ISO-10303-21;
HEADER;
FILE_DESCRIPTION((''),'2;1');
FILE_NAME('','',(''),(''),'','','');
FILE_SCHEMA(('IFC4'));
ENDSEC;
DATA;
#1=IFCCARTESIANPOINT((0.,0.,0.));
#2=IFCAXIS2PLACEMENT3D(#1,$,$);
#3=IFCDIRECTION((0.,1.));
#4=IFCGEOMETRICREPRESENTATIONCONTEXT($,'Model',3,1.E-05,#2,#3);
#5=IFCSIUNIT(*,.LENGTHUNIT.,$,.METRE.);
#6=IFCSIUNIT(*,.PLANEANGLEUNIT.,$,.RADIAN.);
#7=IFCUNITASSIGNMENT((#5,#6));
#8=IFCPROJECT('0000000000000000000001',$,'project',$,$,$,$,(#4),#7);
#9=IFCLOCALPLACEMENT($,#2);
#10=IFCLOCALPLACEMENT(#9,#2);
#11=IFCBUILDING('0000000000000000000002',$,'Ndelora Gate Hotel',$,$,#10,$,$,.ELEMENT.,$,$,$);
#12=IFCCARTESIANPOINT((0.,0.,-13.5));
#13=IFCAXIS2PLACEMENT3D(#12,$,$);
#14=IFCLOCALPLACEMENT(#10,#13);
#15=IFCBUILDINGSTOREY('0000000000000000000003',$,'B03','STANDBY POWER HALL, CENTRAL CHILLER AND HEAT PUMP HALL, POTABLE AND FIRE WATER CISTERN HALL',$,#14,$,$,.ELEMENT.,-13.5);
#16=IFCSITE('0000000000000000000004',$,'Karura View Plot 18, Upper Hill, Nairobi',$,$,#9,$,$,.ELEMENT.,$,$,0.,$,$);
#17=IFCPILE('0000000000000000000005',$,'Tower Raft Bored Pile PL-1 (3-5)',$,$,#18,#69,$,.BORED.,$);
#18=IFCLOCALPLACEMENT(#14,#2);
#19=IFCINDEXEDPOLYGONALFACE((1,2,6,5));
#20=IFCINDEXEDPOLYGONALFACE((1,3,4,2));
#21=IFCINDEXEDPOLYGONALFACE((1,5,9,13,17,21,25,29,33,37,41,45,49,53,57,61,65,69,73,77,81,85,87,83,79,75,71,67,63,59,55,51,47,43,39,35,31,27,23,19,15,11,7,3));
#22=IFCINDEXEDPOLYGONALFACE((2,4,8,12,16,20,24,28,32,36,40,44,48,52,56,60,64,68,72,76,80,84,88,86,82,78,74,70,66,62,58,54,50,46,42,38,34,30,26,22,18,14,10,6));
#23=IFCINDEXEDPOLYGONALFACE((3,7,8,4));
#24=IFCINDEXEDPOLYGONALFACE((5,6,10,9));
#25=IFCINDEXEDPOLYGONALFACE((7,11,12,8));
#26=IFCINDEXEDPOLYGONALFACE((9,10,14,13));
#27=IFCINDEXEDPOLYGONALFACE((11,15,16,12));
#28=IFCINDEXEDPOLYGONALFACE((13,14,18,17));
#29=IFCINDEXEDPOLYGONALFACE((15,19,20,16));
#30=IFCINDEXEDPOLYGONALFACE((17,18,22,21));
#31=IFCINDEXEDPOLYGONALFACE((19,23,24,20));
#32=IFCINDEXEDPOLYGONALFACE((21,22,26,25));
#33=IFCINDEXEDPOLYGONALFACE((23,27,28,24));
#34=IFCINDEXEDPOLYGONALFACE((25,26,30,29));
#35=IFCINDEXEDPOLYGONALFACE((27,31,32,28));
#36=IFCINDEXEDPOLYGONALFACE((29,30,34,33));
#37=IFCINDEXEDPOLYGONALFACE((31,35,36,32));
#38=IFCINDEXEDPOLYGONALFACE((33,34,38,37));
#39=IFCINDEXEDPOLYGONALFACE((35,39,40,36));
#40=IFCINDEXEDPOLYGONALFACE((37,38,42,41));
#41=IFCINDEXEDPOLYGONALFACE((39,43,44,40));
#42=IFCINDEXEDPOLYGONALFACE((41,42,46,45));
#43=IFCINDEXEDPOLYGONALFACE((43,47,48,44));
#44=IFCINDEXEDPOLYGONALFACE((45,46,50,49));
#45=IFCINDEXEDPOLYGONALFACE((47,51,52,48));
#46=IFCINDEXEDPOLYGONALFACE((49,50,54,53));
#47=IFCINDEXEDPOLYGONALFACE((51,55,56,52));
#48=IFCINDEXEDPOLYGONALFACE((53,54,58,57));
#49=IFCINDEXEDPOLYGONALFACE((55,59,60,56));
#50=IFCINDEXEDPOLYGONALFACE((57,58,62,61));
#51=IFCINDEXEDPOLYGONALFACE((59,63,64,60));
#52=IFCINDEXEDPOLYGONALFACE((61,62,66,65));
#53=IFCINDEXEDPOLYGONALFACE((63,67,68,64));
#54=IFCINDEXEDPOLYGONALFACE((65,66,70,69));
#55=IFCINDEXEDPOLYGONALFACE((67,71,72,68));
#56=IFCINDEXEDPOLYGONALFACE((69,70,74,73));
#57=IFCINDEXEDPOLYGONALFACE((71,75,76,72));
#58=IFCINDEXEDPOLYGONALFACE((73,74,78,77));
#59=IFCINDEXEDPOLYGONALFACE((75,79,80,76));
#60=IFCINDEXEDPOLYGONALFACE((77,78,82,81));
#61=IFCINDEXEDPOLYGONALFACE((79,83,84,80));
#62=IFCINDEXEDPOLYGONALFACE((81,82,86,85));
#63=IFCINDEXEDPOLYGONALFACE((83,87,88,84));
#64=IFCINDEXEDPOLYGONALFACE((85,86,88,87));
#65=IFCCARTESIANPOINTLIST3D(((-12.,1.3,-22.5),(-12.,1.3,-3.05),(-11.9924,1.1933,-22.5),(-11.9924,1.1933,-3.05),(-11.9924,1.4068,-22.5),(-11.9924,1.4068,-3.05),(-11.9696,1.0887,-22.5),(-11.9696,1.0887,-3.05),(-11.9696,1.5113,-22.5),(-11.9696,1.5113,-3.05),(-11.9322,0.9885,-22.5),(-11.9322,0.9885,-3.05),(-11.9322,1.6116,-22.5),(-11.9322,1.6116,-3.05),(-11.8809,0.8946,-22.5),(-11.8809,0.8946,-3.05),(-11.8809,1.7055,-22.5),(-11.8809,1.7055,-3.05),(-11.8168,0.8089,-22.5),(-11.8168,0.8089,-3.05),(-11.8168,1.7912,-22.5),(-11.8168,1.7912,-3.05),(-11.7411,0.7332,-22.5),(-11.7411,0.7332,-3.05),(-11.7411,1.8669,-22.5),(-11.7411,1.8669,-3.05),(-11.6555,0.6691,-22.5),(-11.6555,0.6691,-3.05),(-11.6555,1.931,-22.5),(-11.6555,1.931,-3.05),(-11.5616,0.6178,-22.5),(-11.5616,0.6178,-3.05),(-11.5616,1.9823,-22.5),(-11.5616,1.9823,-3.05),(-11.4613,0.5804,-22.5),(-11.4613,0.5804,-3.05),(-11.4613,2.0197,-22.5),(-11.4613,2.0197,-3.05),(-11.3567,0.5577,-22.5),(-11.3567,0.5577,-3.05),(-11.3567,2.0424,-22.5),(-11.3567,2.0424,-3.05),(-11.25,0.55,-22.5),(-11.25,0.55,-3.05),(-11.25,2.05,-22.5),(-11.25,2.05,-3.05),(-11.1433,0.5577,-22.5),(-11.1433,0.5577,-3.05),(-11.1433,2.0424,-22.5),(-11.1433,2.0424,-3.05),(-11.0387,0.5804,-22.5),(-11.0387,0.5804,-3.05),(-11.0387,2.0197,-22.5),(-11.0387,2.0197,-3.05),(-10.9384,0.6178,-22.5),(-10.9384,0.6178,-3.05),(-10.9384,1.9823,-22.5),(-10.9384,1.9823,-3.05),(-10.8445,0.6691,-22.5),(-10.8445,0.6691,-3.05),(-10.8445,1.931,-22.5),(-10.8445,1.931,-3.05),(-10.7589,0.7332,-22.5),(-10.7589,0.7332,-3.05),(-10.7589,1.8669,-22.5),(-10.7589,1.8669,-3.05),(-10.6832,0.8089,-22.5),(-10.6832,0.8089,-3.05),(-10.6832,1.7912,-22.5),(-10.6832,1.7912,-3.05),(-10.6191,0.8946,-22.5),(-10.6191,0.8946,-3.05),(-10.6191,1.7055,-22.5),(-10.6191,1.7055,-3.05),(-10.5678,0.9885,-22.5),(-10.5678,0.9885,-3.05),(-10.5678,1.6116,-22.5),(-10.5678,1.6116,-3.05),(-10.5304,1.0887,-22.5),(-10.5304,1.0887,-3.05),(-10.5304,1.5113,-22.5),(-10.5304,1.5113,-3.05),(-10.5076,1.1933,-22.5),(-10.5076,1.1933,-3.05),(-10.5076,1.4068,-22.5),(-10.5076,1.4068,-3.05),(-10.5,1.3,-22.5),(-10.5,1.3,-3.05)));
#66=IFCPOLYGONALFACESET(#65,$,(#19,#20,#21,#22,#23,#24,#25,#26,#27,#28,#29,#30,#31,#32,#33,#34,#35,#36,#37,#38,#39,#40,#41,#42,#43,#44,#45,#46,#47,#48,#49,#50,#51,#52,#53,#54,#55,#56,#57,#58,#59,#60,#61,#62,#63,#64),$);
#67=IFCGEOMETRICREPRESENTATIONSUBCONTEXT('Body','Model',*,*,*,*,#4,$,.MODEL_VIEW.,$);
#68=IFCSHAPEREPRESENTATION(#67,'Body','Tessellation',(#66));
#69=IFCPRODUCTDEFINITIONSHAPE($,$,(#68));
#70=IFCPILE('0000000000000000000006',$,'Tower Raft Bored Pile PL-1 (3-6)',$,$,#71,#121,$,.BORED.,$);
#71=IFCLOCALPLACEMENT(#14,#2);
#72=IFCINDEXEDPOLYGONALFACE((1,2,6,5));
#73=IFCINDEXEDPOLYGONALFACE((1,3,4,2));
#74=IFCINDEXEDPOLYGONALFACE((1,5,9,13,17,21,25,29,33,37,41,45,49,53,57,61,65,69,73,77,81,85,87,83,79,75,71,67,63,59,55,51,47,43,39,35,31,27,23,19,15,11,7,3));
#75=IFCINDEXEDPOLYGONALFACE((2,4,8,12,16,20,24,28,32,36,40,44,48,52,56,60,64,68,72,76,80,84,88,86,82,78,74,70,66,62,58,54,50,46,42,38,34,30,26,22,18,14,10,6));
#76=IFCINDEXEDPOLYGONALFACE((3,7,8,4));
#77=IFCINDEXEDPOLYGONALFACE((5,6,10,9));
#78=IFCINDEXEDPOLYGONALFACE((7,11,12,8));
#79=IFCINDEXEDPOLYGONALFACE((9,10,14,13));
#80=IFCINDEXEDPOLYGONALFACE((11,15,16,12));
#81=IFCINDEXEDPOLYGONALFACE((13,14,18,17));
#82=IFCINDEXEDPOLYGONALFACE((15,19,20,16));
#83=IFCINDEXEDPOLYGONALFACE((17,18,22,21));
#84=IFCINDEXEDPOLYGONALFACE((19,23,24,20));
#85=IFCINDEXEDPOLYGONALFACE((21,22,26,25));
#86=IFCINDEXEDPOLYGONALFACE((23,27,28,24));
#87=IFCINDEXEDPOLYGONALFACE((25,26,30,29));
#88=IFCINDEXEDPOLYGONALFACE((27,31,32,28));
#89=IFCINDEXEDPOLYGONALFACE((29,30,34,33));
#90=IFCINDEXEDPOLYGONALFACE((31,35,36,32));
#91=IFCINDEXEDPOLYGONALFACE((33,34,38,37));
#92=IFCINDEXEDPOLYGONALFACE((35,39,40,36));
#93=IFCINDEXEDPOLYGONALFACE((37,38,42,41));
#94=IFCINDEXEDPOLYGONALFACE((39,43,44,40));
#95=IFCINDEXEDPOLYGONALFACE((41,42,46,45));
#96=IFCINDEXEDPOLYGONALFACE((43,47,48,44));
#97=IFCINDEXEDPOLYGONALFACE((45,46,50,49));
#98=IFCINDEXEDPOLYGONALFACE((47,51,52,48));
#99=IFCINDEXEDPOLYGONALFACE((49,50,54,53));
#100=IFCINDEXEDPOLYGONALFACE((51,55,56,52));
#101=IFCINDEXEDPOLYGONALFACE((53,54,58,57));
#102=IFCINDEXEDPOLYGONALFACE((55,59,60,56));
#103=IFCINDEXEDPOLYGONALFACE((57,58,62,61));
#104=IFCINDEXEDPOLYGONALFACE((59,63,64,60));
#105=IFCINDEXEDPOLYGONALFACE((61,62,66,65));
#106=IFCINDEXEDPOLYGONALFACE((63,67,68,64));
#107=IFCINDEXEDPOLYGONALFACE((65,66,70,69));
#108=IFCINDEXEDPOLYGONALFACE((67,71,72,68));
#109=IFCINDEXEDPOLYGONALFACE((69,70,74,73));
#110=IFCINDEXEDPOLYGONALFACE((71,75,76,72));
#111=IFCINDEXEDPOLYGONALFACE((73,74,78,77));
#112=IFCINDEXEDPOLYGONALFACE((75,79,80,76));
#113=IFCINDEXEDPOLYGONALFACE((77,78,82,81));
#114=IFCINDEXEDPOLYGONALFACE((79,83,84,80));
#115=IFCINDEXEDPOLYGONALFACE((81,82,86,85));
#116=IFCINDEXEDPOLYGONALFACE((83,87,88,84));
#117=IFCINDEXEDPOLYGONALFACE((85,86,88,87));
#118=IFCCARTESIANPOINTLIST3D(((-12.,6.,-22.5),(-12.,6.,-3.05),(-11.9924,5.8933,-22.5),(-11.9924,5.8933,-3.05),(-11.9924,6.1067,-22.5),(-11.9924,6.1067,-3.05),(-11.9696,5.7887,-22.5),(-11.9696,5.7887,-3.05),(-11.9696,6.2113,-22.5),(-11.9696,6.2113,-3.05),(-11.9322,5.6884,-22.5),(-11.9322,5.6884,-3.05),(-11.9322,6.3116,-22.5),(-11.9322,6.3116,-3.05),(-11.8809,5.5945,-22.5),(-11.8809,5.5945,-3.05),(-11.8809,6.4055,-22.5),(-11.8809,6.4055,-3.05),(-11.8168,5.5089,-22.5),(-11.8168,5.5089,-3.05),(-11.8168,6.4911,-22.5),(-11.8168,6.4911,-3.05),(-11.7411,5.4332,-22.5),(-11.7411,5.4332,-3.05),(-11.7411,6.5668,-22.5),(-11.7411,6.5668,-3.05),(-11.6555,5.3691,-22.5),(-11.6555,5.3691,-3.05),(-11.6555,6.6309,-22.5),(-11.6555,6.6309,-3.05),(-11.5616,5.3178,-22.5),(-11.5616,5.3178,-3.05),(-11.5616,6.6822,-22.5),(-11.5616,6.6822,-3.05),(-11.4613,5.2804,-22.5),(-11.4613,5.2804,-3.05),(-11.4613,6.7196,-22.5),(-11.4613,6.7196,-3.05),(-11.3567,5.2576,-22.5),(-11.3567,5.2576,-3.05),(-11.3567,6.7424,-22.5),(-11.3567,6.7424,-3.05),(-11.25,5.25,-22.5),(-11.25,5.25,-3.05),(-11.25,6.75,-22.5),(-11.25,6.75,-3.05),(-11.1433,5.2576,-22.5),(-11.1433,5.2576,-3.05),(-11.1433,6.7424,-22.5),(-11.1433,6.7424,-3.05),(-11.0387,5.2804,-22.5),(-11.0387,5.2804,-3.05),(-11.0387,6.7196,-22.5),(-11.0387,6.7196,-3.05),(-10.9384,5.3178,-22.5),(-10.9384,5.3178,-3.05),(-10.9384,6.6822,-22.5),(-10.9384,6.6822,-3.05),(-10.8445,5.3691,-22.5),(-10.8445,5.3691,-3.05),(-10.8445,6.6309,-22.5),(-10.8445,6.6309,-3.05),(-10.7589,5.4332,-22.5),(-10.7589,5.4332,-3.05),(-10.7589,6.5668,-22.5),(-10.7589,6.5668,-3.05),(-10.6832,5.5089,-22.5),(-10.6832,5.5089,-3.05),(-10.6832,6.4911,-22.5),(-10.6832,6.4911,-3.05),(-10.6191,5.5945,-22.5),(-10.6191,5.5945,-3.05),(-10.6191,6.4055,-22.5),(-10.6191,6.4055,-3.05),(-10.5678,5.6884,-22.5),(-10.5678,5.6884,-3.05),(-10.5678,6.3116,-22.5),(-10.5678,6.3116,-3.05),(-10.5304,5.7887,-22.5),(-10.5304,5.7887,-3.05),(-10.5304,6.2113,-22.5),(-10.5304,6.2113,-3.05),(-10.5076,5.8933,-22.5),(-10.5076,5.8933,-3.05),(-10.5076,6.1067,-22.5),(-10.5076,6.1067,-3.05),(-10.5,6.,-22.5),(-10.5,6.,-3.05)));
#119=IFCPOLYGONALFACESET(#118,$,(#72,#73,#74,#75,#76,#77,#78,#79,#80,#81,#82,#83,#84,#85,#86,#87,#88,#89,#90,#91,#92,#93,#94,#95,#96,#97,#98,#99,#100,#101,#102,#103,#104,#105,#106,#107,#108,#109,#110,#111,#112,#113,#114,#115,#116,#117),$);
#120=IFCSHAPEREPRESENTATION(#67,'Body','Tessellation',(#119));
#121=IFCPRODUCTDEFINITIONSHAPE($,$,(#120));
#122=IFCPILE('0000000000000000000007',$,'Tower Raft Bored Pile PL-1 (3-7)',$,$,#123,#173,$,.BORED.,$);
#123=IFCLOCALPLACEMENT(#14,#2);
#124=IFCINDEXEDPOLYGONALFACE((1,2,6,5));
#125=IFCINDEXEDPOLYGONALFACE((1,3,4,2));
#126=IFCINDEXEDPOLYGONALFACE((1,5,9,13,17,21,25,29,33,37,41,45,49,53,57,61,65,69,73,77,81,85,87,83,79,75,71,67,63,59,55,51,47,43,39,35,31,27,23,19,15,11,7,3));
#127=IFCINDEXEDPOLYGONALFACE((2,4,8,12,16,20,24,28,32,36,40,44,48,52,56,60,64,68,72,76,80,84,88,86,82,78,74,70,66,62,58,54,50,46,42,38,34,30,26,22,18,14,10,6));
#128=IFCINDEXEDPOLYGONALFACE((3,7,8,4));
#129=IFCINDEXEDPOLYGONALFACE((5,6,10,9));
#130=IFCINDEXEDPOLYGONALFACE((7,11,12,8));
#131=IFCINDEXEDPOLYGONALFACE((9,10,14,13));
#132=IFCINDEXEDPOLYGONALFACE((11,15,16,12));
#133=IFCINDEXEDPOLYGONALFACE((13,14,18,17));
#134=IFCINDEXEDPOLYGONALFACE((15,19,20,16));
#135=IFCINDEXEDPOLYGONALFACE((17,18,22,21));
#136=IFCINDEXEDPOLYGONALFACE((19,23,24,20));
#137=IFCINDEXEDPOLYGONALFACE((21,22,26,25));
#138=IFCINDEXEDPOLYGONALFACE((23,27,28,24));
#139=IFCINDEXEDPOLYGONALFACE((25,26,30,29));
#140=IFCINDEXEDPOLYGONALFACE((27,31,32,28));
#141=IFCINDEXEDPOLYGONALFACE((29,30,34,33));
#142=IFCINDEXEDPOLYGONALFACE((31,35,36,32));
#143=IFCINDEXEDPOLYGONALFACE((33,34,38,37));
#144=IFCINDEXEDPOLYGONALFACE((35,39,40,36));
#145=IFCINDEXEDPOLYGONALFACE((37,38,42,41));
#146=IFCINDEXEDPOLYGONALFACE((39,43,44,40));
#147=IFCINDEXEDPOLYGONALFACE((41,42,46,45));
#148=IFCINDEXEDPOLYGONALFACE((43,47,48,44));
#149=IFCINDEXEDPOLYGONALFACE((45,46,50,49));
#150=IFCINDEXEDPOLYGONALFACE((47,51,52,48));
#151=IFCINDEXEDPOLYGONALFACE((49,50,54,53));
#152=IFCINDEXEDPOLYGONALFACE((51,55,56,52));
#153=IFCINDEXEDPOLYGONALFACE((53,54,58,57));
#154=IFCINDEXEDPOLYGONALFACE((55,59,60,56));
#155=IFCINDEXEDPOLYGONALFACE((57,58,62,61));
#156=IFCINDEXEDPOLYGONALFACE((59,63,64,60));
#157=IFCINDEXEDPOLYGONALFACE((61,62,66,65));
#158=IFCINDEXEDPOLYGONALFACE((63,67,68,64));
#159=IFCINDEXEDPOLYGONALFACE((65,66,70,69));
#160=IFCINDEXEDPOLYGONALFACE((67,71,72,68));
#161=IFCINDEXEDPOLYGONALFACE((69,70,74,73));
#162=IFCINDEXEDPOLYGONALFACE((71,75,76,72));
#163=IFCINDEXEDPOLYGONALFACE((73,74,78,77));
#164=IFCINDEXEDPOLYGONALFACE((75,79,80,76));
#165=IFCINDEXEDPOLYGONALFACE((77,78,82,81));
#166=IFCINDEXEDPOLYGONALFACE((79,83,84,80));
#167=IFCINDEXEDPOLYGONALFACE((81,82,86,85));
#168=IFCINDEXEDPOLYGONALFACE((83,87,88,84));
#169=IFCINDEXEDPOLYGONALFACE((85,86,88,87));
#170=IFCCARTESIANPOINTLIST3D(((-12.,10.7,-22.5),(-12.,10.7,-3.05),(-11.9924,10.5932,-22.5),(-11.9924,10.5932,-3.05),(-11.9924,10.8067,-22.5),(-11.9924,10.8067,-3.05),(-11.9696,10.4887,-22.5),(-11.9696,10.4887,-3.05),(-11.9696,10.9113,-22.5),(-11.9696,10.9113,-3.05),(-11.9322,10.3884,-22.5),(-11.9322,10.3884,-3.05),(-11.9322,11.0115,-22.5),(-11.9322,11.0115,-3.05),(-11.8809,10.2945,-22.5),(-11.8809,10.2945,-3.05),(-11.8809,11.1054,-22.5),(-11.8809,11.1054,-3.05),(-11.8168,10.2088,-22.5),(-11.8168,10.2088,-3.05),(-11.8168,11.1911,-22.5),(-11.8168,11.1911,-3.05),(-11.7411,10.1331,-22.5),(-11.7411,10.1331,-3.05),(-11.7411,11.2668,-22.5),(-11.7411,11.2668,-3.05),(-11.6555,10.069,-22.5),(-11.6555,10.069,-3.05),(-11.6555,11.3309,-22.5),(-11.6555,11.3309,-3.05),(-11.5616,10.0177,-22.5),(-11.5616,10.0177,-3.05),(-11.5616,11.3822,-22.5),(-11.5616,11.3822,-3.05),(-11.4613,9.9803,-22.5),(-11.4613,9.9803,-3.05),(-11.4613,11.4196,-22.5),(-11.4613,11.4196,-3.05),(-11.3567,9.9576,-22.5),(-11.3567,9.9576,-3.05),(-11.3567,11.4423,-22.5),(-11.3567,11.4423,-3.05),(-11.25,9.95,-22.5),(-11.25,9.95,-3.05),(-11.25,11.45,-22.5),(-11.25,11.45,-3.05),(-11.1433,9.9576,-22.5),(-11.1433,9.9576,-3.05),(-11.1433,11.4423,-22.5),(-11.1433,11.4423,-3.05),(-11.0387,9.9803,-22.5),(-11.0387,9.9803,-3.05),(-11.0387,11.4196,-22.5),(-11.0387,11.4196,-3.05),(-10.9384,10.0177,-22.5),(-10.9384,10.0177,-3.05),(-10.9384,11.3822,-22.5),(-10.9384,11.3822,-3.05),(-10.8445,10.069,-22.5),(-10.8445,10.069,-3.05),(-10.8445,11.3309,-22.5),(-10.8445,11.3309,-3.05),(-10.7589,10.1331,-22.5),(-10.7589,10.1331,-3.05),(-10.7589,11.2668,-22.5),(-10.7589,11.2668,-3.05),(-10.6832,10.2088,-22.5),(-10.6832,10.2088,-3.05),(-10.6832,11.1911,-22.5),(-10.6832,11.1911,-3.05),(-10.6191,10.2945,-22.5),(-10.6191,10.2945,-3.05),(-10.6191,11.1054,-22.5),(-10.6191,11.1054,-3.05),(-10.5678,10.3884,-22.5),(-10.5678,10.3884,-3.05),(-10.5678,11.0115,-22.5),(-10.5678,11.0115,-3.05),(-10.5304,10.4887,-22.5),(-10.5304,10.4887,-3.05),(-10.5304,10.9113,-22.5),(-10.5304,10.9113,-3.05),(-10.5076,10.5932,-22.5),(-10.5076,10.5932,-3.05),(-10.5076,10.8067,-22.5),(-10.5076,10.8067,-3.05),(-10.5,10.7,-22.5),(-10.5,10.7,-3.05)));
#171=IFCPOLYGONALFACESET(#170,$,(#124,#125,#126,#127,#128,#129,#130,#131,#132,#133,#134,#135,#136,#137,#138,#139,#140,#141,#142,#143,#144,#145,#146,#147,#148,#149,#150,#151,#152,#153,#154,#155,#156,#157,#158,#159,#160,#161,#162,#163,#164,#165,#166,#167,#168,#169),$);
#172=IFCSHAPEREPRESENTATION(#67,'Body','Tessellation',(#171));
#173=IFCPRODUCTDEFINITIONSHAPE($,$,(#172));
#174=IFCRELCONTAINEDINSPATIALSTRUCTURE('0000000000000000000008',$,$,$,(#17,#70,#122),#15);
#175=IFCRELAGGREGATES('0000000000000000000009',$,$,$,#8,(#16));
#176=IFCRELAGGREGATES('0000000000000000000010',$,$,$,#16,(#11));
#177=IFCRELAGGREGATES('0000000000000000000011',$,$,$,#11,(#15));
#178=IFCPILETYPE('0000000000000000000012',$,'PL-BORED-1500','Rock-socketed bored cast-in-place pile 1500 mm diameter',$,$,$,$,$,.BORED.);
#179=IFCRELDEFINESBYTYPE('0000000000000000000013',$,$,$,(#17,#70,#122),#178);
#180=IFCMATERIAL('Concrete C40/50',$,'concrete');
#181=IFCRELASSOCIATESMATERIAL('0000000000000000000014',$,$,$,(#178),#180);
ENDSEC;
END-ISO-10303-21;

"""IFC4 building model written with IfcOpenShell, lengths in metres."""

from ifc_helpers import new_model, si_unit, direction, frame, origin, origin_2d, place, context, subcontext, project, spatial, circle, extrude, material, material_profile, profile_set, type_object, element, save


model = new_model("IFC4")

# Units and contexts
model_context = context("Model", 3, precision=1e-05, world=origin(), true_north=direction((0.0, 1.0)))
body_context = subcontext(model_context, "Body", "Model", "MODEL_VIEW")
ifc_project = project(units=[si_unit("LENGTHUNIT", "METRE"), si_unit("PLANEANGLEUNIT", "RADIAN")], contexts=[model_context])

# Site, building, storey
site_placement = place(None, origin())
site = spatial("IfcSite", under=ifc_project, at=site_placement, Name="Karura View Plot 18, Upper Hill, Nairobi", CompositionType="ELEMENT", RefElevation=0.0)
building_placement = place(site_placement, origin())
building = spatial("IfcBuilding", under=site, at=building_placement, Name="Ndelora Gate Hotel", CompositionType="ELEMENT")
storey_placement = place(building_placement, frame((0.0, 0.0, -13.5)))
storey = spatial("IfcBuildingStorey", under=building, at=storey_placement, Name="B03", Description="STANDBY POWER HALL, CENTRAL CHILLER AND HEAT PUMP HALL, POTABLE AND FIRE WATER CISTERN HALL", CompositionType="ELEMENT", Elevation=-13.5)

# Piles
ifc_material_1 = material(Name="Concrete C40/50", Category="concrete")
ifc_material_profile_1 = material_profile(ifc_material_1, circle(Radius=0.75, at=origin_2d()), Name="PILE D1500")
ifc_profile_set_1 = profile_set([ifc_material_profile_1], Name="Concrete C40/50")
pile_type = type_object("IfcPileType", Name="PL-BORED-1500", Description="Rock-socketed bored cast-in-place pile 1500 mm diameter", PredefinedType="BORED", material=ifc_profile_set_1)
for number, where, z_axis, x_axis, name in (
    (1, (-11.25, 1.3, -3.05), (0.0, 0.0, -1.0), (1.0, 0.0, 0.0), "Tower Raft Bored Pile PL-1 (3-5)"),
    (2, (-11.25, 6.0, -3.05), (0.0, 0.0, -1.0), (1.0, 0.0, 0.0), "Tower Raft Bored Pile PL-1 (3-6)"),
    (3, (-11.25, 10.7, -3.05), (0.0, 0.0, -1.0), (1.0, 0.0, 0.0), "Tower Raft Bored Pile PL-1 (3-7)"),
):
    element("IfcPile", number, at=place(storey_placement, frame(where, z_axis=z_axis, x_axis=x_axis)), inside=storey, type_object=pile_type, Name=name, PredefinedType="BORED", context=body_context, shape_type="SweptSolid", body=[
        extrude(circle(Radius=0.75, at=origin_2d()), origin(), (0.0, 0.0, 1.0), 19.45),
    ])

save(model, "model.ifc")
